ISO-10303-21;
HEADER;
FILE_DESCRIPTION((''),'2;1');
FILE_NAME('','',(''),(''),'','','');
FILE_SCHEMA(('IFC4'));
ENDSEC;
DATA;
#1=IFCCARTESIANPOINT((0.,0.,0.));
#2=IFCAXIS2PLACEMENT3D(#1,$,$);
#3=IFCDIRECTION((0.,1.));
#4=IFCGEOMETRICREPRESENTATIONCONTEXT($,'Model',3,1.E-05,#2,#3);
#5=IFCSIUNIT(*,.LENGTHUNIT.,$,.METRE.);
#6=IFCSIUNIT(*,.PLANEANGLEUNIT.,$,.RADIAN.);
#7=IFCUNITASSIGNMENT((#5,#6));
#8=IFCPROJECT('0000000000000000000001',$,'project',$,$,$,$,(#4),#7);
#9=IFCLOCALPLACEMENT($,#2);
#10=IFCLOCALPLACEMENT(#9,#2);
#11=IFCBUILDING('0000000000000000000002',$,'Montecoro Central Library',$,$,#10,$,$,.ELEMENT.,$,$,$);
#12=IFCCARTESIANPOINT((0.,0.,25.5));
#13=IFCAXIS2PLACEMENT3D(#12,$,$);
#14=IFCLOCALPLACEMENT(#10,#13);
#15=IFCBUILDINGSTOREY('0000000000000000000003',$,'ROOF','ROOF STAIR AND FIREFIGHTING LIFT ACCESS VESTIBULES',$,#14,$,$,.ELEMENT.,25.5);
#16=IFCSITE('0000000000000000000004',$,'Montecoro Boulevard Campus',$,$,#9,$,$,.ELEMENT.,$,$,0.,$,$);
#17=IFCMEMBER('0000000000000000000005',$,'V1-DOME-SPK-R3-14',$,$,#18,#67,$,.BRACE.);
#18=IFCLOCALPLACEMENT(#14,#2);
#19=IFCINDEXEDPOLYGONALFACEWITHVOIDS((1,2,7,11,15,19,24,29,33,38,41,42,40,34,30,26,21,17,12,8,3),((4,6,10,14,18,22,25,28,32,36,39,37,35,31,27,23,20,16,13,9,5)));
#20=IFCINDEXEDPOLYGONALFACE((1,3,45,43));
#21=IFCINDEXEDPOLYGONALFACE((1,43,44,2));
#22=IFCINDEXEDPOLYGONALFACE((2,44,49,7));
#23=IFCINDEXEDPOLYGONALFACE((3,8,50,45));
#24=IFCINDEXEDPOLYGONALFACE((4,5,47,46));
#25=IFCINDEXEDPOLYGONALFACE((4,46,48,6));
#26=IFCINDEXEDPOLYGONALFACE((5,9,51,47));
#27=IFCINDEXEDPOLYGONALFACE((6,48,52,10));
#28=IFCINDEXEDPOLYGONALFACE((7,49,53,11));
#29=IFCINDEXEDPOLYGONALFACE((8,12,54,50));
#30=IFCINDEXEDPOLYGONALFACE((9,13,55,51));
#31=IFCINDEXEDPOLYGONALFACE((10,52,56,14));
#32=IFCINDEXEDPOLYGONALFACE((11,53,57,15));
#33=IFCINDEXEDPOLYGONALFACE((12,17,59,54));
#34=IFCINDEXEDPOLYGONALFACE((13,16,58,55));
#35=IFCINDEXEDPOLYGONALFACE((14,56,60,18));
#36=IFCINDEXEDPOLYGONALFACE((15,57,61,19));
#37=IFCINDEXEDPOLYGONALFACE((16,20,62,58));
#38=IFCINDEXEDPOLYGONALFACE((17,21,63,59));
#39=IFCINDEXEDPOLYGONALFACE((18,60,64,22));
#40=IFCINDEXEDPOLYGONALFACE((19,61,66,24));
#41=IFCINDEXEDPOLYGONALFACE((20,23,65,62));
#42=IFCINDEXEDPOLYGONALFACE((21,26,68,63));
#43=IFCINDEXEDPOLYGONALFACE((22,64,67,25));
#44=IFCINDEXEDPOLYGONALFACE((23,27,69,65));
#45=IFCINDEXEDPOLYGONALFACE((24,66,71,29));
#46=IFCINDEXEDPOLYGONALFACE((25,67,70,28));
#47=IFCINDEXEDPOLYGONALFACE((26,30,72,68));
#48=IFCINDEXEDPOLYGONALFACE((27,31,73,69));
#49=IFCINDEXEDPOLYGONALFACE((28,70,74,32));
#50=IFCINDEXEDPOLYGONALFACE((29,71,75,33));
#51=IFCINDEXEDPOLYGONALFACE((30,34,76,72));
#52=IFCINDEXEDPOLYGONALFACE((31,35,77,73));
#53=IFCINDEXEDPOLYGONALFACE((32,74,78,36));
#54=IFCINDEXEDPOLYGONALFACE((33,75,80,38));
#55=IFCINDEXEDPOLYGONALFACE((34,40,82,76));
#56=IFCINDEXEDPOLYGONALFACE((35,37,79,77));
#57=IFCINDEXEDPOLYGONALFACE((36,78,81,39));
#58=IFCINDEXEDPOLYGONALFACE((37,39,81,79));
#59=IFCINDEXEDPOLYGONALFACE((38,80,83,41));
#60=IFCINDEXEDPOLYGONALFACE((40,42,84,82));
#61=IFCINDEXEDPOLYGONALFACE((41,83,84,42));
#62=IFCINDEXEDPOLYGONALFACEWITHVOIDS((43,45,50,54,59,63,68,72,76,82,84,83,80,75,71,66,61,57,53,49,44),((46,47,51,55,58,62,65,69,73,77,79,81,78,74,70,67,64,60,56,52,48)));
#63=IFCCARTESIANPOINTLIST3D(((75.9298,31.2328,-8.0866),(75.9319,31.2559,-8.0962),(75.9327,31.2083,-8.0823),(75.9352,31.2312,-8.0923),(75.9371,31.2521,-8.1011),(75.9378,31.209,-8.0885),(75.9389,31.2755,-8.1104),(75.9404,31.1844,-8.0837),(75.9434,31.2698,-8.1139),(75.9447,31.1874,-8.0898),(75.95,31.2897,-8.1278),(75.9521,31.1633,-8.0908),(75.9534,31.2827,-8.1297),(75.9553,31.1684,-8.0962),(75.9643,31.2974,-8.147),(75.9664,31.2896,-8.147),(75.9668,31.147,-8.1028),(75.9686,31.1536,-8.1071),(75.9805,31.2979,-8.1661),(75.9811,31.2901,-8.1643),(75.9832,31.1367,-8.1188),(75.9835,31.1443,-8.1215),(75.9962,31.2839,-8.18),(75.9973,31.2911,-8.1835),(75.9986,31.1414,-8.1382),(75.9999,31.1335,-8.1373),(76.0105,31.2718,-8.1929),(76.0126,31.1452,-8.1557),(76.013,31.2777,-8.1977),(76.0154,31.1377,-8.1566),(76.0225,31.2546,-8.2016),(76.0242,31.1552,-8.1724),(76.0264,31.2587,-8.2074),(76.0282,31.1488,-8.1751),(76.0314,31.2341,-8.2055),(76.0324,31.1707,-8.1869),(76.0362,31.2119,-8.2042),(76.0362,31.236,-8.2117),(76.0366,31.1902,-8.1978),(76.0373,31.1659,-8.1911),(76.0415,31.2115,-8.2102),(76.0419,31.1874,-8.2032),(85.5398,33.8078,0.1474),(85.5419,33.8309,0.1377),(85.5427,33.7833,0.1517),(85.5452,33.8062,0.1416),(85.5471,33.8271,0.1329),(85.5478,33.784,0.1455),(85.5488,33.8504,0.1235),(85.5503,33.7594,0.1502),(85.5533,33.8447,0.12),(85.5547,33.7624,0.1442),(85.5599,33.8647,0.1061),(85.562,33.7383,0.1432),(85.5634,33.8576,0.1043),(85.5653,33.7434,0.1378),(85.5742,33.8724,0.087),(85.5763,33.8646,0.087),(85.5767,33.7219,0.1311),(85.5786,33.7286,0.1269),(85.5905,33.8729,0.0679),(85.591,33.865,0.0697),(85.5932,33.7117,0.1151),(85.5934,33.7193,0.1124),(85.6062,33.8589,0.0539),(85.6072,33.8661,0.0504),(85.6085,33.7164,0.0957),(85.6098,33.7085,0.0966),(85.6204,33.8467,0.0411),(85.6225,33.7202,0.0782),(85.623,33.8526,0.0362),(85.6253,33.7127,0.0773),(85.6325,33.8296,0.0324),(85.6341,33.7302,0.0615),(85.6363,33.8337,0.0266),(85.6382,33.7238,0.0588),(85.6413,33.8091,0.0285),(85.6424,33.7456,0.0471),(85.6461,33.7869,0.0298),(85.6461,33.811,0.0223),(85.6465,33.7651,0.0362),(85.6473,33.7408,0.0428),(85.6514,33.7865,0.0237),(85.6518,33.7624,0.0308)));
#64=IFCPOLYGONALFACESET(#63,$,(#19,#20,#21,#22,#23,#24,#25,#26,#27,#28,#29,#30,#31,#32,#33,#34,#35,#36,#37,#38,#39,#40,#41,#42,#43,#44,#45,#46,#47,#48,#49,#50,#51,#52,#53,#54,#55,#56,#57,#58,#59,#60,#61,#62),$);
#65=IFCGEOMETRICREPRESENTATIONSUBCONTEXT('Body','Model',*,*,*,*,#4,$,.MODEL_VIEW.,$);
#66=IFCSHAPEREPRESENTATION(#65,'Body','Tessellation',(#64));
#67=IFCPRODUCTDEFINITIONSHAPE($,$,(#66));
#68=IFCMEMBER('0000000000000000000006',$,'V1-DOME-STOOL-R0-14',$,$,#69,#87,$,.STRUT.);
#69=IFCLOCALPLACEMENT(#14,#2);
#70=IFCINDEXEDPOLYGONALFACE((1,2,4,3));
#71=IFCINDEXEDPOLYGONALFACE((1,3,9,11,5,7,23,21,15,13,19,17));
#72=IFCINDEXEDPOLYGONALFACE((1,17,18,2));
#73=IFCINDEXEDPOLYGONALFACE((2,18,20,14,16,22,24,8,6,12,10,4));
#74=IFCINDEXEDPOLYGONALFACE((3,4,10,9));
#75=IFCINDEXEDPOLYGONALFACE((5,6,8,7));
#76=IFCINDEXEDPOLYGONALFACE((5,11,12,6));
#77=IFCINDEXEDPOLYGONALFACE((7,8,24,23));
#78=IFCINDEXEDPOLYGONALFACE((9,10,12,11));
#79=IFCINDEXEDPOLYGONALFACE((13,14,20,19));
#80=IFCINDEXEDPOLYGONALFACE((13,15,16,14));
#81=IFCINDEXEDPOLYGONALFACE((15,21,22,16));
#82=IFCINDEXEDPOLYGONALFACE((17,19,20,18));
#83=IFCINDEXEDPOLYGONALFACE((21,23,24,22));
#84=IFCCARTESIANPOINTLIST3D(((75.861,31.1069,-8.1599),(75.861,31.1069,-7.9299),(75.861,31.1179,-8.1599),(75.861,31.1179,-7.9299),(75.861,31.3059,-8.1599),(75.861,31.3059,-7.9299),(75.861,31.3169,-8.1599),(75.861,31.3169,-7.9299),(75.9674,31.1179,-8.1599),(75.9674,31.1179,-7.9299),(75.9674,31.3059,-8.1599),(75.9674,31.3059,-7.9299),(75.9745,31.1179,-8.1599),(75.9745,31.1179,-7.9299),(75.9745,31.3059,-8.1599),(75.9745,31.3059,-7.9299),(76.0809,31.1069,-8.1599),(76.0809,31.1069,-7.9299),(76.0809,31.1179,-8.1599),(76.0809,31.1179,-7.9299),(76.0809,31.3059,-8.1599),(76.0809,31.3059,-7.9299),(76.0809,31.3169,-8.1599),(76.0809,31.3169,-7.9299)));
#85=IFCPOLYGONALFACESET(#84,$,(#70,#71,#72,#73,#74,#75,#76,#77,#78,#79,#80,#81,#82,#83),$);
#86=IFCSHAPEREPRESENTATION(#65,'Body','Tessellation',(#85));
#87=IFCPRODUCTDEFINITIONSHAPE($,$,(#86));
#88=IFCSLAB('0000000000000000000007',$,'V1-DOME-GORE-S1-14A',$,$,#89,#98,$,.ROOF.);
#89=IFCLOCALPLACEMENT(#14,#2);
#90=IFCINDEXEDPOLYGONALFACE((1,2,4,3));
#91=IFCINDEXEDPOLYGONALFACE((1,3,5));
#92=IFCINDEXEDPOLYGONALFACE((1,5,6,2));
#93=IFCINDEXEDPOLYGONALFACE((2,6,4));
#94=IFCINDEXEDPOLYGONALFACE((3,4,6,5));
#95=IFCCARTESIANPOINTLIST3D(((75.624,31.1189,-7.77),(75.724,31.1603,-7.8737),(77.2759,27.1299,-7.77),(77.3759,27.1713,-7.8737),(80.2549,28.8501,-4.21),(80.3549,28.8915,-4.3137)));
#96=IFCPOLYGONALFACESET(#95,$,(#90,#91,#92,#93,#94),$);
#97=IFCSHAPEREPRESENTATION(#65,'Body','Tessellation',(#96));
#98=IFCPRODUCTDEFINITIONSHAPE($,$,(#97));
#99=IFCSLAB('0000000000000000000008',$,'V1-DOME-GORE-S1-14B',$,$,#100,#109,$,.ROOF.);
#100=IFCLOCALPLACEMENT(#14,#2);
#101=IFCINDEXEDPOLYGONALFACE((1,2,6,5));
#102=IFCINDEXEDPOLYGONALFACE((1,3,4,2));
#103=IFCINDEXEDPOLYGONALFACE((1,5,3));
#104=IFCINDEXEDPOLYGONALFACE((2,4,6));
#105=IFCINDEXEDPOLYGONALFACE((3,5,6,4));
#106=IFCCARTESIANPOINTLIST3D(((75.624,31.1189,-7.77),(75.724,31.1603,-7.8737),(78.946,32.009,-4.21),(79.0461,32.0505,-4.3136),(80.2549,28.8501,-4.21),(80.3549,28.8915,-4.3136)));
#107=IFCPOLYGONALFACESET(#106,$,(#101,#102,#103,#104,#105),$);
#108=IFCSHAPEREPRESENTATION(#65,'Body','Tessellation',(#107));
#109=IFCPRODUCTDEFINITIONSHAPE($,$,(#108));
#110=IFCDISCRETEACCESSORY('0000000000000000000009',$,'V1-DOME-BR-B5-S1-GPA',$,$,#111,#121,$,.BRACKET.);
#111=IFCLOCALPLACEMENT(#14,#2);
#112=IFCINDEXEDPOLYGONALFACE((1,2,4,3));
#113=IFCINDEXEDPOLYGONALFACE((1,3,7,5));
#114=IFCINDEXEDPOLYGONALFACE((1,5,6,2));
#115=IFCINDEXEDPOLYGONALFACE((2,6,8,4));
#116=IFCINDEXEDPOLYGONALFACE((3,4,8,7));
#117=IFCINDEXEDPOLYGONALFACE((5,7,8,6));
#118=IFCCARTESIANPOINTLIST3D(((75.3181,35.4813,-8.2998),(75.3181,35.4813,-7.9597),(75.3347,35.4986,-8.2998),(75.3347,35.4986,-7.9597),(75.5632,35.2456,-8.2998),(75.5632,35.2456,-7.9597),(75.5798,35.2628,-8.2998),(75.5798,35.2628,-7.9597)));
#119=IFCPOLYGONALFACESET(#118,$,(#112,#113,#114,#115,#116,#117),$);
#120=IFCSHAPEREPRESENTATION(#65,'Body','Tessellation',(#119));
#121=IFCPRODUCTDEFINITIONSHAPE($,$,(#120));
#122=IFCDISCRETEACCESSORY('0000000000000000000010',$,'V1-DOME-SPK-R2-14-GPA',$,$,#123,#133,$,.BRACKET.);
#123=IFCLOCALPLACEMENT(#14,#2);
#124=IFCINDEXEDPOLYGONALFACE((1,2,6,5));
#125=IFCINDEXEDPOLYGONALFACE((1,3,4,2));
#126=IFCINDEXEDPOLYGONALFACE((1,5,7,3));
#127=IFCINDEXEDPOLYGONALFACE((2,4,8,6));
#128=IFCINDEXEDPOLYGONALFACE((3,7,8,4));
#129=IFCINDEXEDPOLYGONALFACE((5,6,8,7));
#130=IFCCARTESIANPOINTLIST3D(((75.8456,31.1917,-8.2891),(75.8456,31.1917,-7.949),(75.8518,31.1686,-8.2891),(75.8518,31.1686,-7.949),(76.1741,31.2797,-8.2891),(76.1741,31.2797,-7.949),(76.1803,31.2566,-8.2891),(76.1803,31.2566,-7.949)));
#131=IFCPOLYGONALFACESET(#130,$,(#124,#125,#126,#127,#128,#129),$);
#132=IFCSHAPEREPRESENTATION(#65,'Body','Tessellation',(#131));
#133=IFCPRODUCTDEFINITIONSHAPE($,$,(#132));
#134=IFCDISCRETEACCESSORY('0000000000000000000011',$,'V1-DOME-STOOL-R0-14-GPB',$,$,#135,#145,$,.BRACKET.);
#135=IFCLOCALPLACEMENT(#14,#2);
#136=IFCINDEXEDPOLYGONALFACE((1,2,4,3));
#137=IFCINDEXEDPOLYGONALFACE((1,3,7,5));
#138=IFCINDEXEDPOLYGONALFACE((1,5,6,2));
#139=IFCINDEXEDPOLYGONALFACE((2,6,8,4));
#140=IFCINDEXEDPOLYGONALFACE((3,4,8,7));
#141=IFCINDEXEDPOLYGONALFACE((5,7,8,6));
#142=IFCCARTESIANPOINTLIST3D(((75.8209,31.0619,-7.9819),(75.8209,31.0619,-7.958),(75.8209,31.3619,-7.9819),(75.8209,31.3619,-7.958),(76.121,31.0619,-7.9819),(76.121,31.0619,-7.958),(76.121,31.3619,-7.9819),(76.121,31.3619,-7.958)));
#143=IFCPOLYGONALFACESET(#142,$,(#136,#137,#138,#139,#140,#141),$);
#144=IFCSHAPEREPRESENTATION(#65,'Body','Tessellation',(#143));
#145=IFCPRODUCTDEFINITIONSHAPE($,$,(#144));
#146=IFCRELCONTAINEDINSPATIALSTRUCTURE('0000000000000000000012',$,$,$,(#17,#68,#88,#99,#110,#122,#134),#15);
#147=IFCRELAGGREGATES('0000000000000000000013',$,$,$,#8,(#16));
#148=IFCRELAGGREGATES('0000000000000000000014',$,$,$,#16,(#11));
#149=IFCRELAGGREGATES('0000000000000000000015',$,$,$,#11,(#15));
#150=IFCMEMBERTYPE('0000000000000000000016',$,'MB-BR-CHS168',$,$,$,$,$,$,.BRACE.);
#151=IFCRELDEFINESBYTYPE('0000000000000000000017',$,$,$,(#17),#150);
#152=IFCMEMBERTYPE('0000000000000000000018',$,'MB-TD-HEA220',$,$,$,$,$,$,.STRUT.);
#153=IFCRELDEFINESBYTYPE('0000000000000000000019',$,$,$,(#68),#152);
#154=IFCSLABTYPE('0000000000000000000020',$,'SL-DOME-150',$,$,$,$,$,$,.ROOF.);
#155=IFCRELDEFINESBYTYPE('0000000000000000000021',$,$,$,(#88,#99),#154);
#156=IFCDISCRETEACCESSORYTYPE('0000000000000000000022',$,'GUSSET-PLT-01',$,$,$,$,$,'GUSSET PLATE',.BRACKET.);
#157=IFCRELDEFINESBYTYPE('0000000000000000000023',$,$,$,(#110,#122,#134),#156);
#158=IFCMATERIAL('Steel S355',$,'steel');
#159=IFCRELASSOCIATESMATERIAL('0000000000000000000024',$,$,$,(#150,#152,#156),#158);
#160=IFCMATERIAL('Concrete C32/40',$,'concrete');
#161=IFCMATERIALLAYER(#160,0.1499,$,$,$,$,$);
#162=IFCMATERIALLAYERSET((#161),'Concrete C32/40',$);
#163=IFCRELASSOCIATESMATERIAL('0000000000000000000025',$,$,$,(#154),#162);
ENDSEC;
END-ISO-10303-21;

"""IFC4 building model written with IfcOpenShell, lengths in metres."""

from ifc_helpers import new_model, si_unit, direction, frame, origin, origin_2d, place, context, subcontext, project, spatial, polyline, rectangle, hollow_circle, i_section, outline, extrude, material, layer, layer_set, material_profile, profile_set, type_object, element, save


model = new_model("IFC4")

# Units and contexts
model_context = context("Model", 3, precision=1e-05, world=origin(), true_north=direction((0.0, 1.0)))
body_context = subcontext(model_context, "Body", "Model", "MODEL_VIEW")
ifc_project = project(units=[si_unit("LENGTHUNIT", "METRE"), si_unit("PLANEANGLEUNIT", "RADIAN")], contexts=[model_context])

# Site, building, storey
site_placement = place(None, origin())
site = spatial("IfcSite", under=ifc_project, at=site_placement, Name="Montecoro Boulevard Campus", CompositionType="ELEMENT", RefElevation=0.0)
building_placement = place(site_placement, origin())
building = spatial("IfcBuilding", under=site, at=building_placement, Name="Montecoro Central Library", CompositionType="ELEMENT")
storey_placement = place(building_placement, frame((0.0, 0.0, 25.5)))
storey = spatial("IfcBuildingStorey", under=building, at=storey_placement, Name="ROOF", Description="ROOF STAIR AND FIREFIGHTING LIFT ACCESS VESTIBULES", CompositionType="ELEMENT", Elevation=25.5)

# Members
ifc_material_1 = material(Name="Steel S355", Category="steel")
ifc_material_profile_1 = material_profile(ifc_material_1, hollow_circle(Radius=0.0842, WallThickness=0.0081, at=origin_2d()), Name="CHS 168.3x8.0")
ifc_profile_set_1 = profile_set([ifc_material_profile_1], Name="Steel S355")
member_type_1 = type_object("IfcMemberType", Name="MB-BR-CHS168", PredefinedType="BRACE", material=ifc_profile_set_1)
member_1_placement = place(storey_placement, frame((75.9861, 31.2161, -8.147), z_axis=(0.744131, 0.199389, 0.637584), x_axis=(-0.258819, 0.965926, 0.0)))
element("IfcMember", 1, at=member_1_placement, inside=storey, type_object=member_type_1, Name="V1-DOME-SPK-R3-14", PredefinedType="BRACE", context=body_context, shape_type="SweptSolid", body=[
    extrude(hollow_circle(Radius=0.0842, WallThickness=0.0081, at=origin_2d()), origin(), (0.0, 0.0, 1.0), 12.9143),
])
ifc_material_profile_2 = material_profile(ifc_material_1, i_section(OverallWidth=0.22, OverallDepth=0.21, WebThickness=0.0071, FlangeThickness=0.011, at=origin_2d()), Name="HEA 220")
ifc_profile_set_2 = profile_set([ifc_material_profile_2], Name="Steel S355")
member_type_2 = type_object("IfcMemberType", Name="MB-TD-HEA220", PredefinedType="STRUT", material=ifc_profile_set_2)
member_2_placement = place(storey_placement, frame((75.9709, 31.2119, -8.1599), z_axis=(0.0, 0.0, 1.0), x_axis=(1.0, 0.0, 0.0)))
element("IfcMember", 2, at=member_2_placement, inside=storey, type_object=member_type_2, Name="V1-DOME-STOOL-R0-14", PredefinedType="STRUT", context=body_context, shape_type="SweptSolid", body=[
    extrude(i_section(OverallWidth=0.22, OverallDepth=0.21, WebThickness=0.0071, FlangeThickness=0.011, at=origin_2d()), origin(), (0.0, 0.0, 1.0), 0.23),
])

# Slabs
ifc_material_2 = material(Name="Concrete C32/40", Category="concrete")
ifc_layer = layer(ifc_material_2, 0.1499)
ifc_layer_set = layer_set([ifc_layer], Name="Concrete C32/40")
slab_type = type_object("IfcSlabType", Name="SL-DOME-150", PredefinedType="ROOF", material=ifc_layer_set)
slab_1_placement = place(storey_placement, frame((75.624, 31.1189, -7.77), z_axis=(-0.667172, -0.276277, 0.691776), x_axis=(0.382595, -0.923916, 0.0)))
element("IfcSlab", 3, at=slab_1_placement, inside=storey, type_object=slab_type, Name="V1-DOME-GORE-S1-14A", PredefinedType="ROOF", context=body_context, shape_type="SweptSolid", body=[
    extrude(outline(polyline([(0.0, 0.0), (4.3175, 0.0), (3.8679, 4.9301), (0.0, 0.0)])), origin(), (0.0, 0.0, -1.0), 0.1499),
])
slab_2_placement = place(storey_placement, frame((75.624, 31.1189, -7.77), z_axis=(-0.667188, -0.276435, 0.691696), x_axis=(0.739012, -0.362064, 0.568129)))
element("IfcSlab", 4, at=slab_2_placement, inside=storey, type_object=slab_type, Name="V1-DOME-GORE-S1-14B", PredefinedType="ROOF", context=body_context, shape_type="SweptSolid", body=[
    extrude(outline(polyline([(0.0, 0.0), (6.2663, 0.0), (4.1553, 2.6899), (0.0, 0.0)])), origin(), (0.0, 0.0, -1.0), 0.1499),
])

# Discrete accessories
discrete_accessory_type = type_object("IfcDiscreteAccessoryType", Name="GUSSET-PLT-01", ElementType="GUSSET PLATE", PredefinedType="BRACKET", material=ifc_material_1)
for number, where, z_axis, x_axis, name in (
    (5, (75.449, 35.3721, -8.2998), (0.0, 0.0, 1.0), (0.720793, -0.69315, 0.0), "V1-DOME-BR-B5-S1-GPA"),
    (6, (76.0129, 31.2241, -8.2891), (0.0, 0.0, 1.0), (0.965926, 0.258819, 0.0), "V1-DOME-SPK-R2-14-GPA"),
):
    element("IfcDiscreteAccessory", number, at=place(storey_placement, frame(where, z_axis=z_axis, x_axis=x_axis)), inside=storey, type_object=discrete_accessory_type, Name=name, PredefinedType="BRACKET", context=body_context, shape_type="SweptSolid", body=[
        extrude(rectangle(XDim=0.3401, YDim=0.0239, at=origin_2d()), origin(), (0.0, 0.0, 1.0), 0.3401),
    ])
discrete_accessory_placement = place(storey_placement, frame((75.9709, 31.2119, -7.9819), z_axis=(0.0, 0.0, 1.0), x_axis=(1.0, 0.0, 0.0)))
element("IfcDiscreteAccessory", 7, at=discrete_accessory_placement, inside=storey, type_object=discrete_accessory_type, Name="V1-DOME-STOOL-R0-14-GPB", PredefinedType="BRACKET", context=body_context, shape_type="SweptSolid", body=[
    extrude(rectangle(XDim=0.3, YDim=0.3, at=origin_2d()), origin(), (0.0, 0.0, 1.0), 0.0239),
])

save(model, "model.ifc")
